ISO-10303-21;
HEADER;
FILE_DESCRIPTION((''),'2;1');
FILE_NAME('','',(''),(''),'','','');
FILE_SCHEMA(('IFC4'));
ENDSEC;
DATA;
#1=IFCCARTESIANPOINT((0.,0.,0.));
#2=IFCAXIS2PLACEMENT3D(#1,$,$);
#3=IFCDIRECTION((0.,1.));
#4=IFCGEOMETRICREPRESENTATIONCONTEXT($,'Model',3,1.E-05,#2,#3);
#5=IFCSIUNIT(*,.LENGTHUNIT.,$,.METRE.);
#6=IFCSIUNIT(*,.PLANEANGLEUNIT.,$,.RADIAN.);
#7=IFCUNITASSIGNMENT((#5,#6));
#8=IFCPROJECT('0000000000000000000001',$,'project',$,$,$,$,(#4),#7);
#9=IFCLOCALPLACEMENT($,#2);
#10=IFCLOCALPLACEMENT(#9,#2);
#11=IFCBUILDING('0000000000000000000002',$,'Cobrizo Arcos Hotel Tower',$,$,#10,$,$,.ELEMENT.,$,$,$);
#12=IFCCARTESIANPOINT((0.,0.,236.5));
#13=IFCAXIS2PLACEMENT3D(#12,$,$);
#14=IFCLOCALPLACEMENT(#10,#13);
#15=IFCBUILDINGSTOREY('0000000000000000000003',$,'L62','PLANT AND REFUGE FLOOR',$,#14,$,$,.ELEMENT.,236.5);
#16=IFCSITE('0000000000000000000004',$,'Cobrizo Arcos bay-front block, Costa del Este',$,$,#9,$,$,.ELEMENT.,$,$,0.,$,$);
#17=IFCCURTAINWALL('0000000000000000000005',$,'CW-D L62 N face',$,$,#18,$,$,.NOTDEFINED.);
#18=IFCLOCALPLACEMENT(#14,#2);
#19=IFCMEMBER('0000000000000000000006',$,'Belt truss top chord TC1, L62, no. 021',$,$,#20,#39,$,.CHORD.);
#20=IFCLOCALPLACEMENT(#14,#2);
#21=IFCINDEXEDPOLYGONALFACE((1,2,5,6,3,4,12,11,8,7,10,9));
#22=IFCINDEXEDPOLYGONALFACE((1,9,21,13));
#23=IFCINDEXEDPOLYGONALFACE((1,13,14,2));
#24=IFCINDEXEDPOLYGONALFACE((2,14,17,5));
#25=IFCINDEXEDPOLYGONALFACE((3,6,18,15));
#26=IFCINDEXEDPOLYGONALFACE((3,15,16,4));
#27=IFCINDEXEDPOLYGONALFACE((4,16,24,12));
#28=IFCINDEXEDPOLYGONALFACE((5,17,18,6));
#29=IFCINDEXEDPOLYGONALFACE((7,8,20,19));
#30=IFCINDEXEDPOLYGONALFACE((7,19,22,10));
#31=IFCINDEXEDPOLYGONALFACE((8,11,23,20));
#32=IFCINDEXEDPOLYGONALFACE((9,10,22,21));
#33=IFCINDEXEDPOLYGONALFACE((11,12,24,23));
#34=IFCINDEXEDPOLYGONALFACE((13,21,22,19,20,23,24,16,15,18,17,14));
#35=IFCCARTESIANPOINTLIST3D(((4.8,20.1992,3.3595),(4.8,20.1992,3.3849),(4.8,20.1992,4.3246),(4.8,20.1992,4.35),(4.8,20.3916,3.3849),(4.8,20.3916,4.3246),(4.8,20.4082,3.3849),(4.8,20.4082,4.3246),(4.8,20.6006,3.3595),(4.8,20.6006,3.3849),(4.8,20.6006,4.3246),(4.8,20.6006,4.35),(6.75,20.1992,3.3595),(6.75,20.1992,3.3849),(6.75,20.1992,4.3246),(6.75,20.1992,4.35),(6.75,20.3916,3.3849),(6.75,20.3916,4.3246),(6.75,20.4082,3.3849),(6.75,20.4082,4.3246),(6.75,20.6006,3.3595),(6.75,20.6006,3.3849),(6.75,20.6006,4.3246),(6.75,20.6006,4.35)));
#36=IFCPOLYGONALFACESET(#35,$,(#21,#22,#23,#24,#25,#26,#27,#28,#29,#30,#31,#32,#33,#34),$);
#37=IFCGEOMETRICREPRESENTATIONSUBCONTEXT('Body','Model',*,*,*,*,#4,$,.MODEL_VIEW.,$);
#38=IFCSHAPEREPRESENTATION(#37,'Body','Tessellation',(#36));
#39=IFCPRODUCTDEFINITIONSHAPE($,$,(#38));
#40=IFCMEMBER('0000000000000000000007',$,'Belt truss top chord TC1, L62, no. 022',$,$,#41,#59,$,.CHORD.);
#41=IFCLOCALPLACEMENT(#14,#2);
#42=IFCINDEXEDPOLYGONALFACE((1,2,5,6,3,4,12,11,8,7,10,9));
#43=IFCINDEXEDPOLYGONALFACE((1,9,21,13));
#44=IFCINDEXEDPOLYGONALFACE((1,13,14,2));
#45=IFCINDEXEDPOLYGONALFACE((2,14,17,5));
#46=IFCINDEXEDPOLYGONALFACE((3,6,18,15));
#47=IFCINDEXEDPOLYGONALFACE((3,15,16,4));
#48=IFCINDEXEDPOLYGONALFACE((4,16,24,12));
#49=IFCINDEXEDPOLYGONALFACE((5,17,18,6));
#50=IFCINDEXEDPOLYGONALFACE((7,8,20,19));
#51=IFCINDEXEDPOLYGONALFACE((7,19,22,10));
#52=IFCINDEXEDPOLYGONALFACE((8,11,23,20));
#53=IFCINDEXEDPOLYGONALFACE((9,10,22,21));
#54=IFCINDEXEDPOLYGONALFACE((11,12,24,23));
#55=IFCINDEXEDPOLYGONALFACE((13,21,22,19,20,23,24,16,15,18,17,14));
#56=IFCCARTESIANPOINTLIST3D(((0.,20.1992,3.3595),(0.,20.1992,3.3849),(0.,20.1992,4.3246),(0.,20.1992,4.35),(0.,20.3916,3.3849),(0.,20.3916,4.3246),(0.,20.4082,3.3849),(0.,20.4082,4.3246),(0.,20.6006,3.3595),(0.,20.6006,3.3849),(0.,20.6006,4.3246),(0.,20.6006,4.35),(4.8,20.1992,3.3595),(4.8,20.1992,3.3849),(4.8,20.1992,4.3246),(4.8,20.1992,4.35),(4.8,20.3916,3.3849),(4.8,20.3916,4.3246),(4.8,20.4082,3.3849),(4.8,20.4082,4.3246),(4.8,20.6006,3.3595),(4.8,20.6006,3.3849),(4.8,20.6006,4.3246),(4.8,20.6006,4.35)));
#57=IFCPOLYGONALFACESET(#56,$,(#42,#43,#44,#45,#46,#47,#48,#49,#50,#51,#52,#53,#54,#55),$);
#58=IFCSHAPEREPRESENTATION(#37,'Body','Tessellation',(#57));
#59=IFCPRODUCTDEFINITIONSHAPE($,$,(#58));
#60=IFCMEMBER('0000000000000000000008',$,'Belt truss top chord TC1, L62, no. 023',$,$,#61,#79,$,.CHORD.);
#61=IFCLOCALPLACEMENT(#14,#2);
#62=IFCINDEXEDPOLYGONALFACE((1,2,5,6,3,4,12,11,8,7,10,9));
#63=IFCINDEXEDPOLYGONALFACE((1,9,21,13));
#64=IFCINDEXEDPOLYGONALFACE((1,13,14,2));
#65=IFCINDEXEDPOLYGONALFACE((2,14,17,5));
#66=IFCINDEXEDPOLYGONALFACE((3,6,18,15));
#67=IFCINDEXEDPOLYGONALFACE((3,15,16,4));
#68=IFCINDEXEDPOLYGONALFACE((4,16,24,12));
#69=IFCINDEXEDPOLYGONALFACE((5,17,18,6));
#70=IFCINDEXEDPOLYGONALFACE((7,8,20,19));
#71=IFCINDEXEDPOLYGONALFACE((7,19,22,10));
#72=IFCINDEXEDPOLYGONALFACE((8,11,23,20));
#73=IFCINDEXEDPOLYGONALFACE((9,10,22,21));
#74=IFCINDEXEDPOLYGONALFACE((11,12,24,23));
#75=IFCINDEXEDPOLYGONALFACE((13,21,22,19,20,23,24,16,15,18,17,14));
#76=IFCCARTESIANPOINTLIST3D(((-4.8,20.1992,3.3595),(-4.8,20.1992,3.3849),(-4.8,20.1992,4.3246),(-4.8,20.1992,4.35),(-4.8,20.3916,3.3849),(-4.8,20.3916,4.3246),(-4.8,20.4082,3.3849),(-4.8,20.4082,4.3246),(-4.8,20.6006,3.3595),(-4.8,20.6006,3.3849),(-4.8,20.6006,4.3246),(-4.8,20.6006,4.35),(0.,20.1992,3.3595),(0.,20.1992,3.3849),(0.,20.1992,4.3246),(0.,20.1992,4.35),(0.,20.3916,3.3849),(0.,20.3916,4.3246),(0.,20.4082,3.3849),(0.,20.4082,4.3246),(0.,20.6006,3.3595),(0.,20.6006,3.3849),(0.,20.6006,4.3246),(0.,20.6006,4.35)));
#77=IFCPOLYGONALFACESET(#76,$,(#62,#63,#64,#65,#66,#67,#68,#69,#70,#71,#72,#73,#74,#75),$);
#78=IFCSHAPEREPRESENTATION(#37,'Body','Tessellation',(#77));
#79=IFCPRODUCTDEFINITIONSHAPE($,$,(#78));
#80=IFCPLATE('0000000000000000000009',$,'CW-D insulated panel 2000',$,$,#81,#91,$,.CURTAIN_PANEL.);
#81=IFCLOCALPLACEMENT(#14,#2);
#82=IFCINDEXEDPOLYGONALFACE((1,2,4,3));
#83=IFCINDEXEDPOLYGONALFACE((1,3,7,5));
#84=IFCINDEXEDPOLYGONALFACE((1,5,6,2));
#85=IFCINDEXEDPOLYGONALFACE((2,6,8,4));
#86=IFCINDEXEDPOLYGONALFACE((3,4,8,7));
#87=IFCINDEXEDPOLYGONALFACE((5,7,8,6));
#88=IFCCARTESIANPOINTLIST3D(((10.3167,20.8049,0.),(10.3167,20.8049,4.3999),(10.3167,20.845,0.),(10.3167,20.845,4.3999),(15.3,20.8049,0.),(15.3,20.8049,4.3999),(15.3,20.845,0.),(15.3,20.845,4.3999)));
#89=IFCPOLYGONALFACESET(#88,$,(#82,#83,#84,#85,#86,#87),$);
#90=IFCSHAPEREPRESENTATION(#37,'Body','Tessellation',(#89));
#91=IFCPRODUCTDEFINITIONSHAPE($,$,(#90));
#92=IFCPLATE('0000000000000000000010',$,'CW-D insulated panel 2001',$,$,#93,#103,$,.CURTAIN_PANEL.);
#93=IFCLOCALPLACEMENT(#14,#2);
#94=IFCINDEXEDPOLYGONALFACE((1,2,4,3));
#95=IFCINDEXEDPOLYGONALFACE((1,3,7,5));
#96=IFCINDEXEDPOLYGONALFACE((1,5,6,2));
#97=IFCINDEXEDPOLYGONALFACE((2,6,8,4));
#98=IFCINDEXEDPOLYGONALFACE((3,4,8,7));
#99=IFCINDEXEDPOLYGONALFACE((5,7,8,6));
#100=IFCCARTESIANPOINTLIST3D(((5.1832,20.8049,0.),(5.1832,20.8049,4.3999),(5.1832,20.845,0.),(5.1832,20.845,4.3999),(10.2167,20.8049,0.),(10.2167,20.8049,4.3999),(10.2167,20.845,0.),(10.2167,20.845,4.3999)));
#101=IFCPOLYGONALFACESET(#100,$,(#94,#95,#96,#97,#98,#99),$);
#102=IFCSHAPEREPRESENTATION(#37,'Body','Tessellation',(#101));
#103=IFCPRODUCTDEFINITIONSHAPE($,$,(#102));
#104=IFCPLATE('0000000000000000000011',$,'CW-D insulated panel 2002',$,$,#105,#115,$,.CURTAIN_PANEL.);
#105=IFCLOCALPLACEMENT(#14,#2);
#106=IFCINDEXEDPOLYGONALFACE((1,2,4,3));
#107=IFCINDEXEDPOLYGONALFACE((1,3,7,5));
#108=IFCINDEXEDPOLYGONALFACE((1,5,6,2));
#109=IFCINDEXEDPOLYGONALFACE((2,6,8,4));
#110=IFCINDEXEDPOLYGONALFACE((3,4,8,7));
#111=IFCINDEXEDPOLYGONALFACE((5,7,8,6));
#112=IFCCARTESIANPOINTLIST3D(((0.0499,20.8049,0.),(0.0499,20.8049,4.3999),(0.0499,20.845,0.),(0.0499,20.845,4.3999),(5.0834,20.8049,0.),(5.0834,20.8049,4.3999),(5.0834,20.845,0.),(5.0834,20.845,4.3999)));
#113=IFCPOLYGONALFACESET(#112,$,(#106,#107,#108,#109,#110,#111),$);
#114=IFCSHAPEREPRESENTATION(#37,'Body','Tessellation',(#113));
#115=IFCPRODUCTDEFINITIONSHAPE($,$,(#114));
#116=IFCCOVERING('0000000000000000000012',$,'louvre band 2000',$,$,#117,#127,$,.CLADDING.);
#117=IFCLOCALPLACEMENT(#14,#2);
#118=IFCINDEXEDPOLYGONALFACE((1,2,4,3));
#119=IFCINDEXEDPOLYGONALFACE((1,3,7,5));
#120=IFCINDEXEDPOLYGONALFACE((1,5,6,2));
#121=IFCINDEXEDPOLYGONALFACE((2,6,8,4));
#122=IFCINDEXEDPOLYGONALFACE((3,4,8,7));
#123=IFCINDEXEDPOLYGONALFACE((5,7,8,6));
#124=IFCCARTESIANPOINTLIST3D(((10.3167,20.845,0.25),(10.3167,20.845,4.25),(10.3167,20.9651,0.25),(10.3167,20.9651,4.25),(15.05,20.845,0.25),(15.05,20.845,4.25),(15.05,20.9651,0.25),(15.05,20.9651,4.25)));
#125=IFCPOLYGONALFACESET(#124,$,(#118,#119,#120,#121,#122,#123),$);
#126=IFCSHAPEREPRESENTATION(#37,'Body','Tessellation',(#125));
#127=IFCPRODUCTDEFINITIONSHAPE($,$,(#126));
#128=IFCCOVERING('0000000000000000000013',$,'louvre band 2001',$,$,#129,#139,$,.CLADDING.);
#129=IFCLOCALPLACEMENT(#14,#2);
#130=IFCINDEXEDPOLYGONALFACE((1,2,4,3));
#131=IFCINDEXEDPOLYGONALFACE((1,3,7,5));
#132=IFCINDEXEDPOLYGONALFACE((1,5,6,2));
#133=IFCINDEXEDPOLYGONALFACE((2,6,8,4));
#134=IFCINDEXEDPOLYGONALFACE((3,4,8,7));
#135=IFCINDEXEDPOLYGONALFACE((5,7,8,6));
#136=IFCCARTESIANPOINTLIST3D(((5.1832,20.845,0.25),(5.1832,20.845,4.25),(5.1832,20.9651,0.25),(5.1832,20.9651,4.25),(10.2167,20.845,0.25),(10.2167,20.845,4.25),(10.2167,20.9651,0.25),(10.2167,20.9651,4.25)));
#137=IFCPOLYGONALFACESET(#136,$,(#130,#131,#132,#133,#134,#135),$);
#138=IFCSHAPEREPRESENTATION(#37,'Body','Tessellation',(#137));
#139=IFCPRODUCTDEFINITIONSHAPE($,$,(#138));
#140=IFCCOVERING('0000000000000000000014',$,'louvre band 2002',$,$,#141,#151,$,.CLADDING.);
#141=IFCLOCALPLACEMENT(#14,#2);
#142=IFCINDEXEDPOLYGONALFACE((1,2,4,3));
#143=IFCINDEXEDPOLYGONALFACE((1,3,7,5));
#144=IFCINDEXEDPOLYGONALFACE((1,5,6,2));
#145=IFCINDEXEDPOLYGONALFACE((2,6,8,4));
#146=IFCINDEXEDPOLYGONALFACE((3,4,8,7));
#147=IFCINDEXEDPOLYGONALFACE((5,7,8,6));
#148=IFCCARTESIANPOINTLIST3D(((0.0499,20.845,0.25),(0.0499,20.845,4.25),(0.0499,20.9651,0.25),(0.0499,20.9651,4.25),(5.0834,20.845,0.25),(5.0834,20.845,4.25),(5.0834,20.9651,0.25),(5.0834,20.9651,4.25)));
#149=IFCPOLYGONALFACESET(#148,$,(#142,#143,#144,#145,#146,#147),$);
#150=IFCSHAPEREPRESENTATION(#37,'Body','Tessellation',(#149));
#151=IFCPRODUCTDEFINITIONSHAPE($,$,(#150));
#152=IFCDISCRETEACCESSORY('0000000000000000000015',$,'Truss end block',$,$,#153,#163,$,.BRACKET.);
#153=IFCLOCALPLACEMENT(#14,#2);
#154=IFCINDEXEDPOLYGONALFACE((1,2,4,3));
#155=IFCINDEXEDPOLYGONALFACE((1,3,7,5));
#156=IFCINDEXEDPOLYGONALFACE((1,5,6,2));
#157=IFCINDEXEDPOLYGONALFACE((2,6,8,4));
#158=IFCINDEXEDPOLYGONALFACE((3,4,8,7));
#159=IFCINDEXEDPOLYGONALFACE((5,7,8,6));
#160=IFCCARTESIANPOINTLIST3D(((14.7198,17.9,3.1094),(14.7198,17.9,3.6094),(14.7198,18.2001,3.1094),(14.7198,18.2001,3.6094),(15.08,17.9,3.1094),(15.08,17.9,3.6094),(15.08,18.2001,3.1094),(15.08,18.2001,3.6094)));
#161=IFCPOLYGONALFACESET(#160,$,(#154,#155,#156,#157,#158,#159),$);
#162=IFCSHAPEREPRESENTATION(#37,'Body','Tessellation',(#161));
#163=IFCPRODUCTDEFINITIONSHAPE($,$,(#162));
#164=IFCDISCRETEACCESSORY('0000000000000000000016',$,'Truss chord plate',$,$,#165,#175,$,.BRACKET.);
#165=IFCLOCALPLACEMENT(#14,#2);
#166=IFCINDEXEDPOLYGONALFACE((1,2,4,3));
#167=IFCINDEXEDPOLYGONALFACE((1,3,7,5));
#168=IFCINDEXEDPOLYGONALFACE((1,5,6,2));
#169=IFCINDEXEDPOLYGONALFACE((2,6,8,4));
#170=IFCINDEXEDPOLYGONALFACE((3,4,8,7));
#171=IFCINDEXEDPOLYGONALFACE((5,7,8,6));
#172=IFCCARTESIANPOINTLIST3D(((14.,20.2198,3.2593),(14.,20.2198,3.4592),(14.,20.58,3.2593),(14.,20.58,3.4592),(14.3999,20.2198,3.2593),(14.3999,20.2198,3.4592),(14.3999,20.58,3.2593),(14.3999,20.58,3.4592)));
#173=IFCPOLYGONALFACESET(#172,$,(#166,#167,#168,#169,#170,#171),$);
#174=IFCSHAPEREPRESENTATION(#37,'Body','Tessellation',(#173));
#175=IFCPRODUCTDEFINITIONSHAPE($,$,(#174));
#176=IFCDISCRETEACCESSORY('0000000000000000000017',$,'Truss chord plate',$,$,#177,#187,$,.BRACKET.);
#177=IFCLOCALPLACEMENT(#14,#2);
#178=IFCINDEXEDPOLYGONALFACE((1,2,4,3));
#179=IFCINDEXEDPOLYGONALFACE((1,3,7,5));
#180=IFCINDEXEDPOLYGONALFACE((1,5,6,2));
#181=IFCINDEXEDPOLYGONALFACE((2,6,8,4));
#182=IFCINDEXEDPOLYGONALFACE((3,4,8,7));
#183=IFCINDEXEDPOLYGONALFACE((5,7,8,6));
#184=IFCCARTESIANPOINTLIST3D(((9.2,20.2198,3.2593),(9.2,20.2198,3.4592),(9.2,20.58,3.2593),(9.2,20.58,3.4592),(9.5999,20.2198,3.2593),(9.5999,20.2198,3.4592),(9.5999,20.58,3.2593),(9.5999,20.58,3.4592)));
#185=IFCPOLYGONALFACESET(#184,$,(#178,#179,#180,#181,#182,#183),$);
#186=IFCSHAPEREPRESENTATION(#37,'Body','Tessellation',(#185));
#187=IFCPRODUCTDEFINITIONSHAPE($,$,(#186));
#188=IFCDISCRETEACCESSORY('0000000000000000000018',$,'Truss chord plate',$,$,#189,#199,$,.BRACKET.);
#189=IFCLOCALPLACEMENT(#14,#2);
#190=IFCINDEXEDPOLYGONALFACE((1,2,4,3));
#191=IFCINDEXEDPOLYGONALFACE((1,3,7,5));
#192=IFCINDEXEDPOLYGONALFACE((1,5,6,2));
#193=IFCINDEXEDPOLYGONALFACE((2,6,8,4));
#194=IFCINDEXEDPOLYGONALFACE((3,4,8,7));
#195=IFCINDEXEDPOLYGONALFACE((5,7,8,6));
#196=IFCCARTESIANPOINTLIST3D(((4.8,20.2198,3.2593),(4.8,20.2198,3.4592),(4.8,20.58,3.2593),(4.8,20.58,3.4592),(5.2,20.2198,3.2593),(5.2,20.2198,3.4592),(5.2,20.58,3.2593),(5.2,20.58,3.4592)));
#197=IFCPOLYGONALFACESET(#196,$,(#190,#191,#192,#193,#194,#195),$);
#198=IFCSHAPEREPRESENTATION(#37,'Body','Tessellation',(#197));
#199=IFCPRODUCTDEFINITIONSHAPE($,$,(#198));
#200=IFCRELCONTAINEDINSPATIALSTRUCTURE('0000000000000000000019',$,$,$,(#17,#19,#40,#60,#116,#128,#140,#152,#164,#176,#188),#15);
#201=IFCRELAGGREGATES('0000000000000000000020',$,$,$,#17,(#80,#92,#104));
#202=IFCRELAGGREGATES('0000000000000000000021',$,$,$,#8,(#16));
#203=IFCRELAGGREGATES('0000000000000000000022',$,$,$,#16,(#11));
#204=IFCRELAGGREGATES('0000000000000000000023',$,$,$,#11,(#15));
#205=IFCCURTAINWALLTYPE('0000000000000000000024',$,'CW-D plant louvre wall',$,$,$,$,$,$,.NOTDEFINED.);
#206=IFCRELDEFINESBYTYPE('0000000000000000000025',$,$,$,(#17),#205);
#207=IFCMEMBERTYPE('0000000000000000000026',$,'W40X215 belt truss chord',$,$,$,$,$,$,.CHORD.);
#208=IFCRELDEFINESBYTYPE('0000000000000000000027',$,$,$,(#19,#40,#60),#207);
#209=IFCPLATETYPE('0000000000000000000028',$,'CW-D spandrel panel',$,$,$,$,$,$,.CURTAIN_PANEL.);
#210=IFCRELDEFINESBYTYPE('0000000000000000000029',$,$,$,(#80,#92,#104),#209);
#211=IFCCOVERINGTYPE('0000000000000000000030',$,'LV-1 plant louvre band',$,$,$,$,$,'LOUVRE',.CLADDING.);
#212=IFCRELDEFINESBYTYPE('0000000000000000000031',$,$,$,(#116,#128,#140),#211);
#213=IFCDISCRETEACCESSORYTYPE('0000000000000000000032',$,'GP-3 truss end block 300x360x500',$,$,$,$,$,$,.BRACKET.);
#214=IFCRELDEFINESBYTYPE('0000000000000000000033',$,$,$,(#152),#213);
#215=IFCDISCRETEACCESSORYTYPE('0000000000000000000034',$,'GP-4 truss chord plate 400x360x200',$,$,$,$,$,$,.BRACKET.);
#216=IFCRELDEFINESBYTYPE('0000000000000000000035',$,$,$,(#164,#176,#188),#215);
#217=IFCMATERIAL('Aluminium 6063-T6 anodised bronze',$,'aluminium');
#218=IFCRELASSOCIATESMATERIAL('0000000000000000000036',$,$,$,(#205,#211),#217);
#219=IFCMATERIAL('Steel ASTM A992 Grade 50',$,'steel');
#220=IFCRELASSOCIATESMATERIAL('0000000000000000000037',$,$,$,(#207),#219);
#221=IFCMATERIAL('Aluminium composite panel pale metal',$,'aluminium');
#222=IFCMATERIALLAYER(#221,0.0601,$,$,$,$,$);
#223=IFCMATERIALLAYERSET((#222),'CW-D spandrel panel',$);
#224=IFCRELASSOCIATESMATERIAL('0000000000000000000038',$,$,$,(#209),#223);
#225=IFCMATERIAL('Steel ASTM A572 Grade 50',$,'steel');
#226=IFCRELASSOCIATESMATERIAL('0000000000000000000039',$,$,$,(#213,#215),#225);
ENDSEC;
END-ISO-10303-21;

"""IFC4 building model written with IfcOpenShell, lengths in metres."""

from ifc_helpers import new_model, si_unit, direction, frame, origin, origin_2d, place, context, subcontext, project, spatial, rectangle, i_section, extrude, material, layer, layer_set, material_profile, profile_set, type_object, element, aggregate, save


model = new_model("IFC4")

# Units and contexts
model_context = context("Model", 3, precision=1e-05, world=origin(), true_north=direction((0.0, 1.0)))
body_context = subcontext(model_context, "Body", "Model", "MODEL_VIEW")
ifc_project = project(units=[si_unit("LENGTHUNIT", "METRE"), si_unit("PLANEANGLEUNIT", "RADIAN")], contexts=[model_context])

# Site, building, storey
site_placement = place(None, origin())
site = spatial("IfcSite", under=ifc_project, at=site_placement, Name="Cobrizo Arcos bay-front block, Costa del Este", CompositionType="ELEMENT", RefElevation=0.0)
building_placement = place(site_placement, origin())
building = spatial("IfcBuilding", under=site, at=building_placement, Name="Cobrizo Arcos Hotel Tower", CompositionType="ELEMENT")
storey_placement = place(building_placement, frame((0.0, 0.0, 236.5)))
storey = spatial("IfcBuildingStorey", under=building, at=storey_placement, Name="L62", Description="PLANT AND REFUGE FLOOR", CompositionType="ELEMENT", Elevation=236.5)

# Curtain wall
ifc_material_1 = material(Name="Aluminium 6063-T6 anodised bronze", Category="aluminium")
curtain_wall_type = type_object("IfcCurtainWallType", Name="CW-D plant louvre wall", PredefinedType="NOTDEFINED", material=ifc_material_1)
curtain_wall_placement = place(storey_placement, origin())
curtain_wall = element("IfcCurtainWall", 1, at=curtain_wall_placement, inside=storey, type_object=curtain_wall_type, Name="CW-D L62 N face", PredefinedType="NOTDEFINED")

# Members
ifc_material_2 = material(Name="Steel ASTM A992 Grade 50", Category="steel")
ifc_material_profile_1 = material_profile(ifc_material_2, i_section(OverallWidth=0.4014, OverallDepth=0.9905, WebThickness=0.0166, FlangeThickness=0.0254, at=origin_2d()), Name="W40X215")
ifc_profile_set_1 = profile_set([ifc_material_profile_1], Name="Steel ASTM A992 Grade 50")
member_type_1 = type_object("IfcMemberType", Name="W40X215 belt truss chord", PredefinedType="CHORD", material=ifc_profile_set_1)
member_1_placement = place(storey_placement, frame((6.75, 20.3999, 3.8547), z_axis=(-1.0, 0.0, 0.0), x_axis=(0.0, -1.0, 0.0)))
element("IfcMember", 2, at=member_1_placement, inside=storey, type_object=member_type_1, Name="Belt truss top chord TC1, L62, no. 021", PredefinedType="CHORD", context=body_context, shape_type="SweptSolid", body=[
    extrude(i_section(OverallWidth=0.4014, OverallDepth=0.9905, WebThickness=0.0166, FlangeThickness=0.0254, at=origin_2d()), origin(), (0.0, 0.0, 1.0), 1.95),
])
for number, where, z_axis, x_axis, name in (
    (3, (4.8, 20.3999, 3.8547), (-1.0, 0.0, 0.0), (0.0, -1.0, 0.0), "Belt truss top chord TC1, L62, no. 022"),
    (4, (0.0, 20.3999, 3.8547), (-1.0, 0.0, 0.0), (0.0, -1.0, 0.0), "Belt truss top chord TC1, L62, no. 023"),
):
    element("IfcMember", number, at=place(storey_placement, frame(where, z_axis=z_axis, x_axis=x_axis)), inside=storey, type_object=member_type_1, Name=name, PredefinedType="CHORD", context=body_context, shape_type="SweptSolid", body=[
        extrude(i_section(OverallWidth=0.4014, OverallDepth=0.9905, WebThickness=0.0166, FlangeThickness=0.0254, at=origin_2d()), origin(), (0.0, 0.0, 1.0), 4.8),
    ])

# Plates
ifc_material_3 = material(Name="Aluminium composite panel pale metal", Category="aluminium")
ifc_layer = layer(ifc_material_3, 0.0601)
ifc_layer_set = layer_set([ifc_layer], Name="CW-D spandrel panel")
plate_type = type_object("IfcPlateType", Name="CW-D spandrel panel", PredefinedType="CURTAIN_PANEL", material=ifc_layer_set)
plate_1_placement = place(storey_placement, frame((12.8083, 20.825, 0.0), z_axis=(0.0, 0.0, 1.0), x_axis=(-1.0, 0.0, 0.0)))
plate_1 = element("IfcPlate", 5, at=plate_1_placement, type_object=plate_type, Name="CW-D insulated panel 2000", PredefinedType="CURTAIN_PANEL", context=body_context, shape_type="SweptSolid", body=[
    extrude(rectangle(XDim=4.9834, YDim=0.04, at=origin_2d()), origin(), (0.0, 0.0, 1.0), 4.3999),
])
plate_2_placement = place(storey_placement, frame((7.7, 20.825, 0.0), z_axis=(0.0, 0.0, 1.0), x_axis=(-1.0, 0.0, 0.0)))
plate_2 = element("IfcPlate", 6, at=plate_2_placement, type_object=plate_type, Name="CW-D insulated panel 2001", PredefinedType="CURTAIN_PANEL", context=body_context, shape_type="SweptSolid", body=[
    extrude(rectangle(XDim=5.0334, YDim=0.04, at=origin_2d()), origin(), (0.0, 0.0, 1.0), 4.3999),
])
plate_3_placement = place(storey_placement, frame((2.5667, 20.825, 0.0), z_axis=(0.0, 0.0, 1.0), x_axis=(-1.0, 0.0, 0.0)))
plate_3 = element("IfcPlate", 7, at=plate_3_placement, type_object=plate_type, Name="CW-D insulated panel 2002", PredefinedType="CURTAIN_PANEL", context=body_context, shape_type="SweptSolid", body=[
    extrude(rectangle(XDim=5.0334, YDim=0.04, at=origin_2d()), origin(), (0.0, 0.0, 1.0), 4.3999),
])
aggregate(curtain_wall, [plate_1, plate_2, plate_3])

# Coverings
covering_type = type_object("IfcCoveringType", Name="LV-1 plant louvre band", ElementType="LOUVRE", PredefinedType="CLADDING", material=ifc_material_1)
covering_placement = place(storey_placement, frame((12.6833, 20.905, 0.25), z_axis=(0.0, 0.0, 1.0), x_axis=(-1.0, 0.0, 0.0)))
element("IfcCovering", 8, at=covering_placement, inside=storey, type_object=covering_type, Name="louvre band 2000", PredefinedType="CLADDING", context=body_context, shape_type="SweptSolid", body=[
    extrude(rectangle(XDim=4.7334, YDim=0.1201, at=origin_2d()), origin(), (0.0, 0.0, 1.0), 4.0),
])
for number, where, z_axis, x_axis, name in (
    (9, (7.7, 20.905, 0.25), (0.0, 0.0, 1.0), (-1.0, 0.0, 0.0), "louvre band 2001"),
    (10, (2.5667, 20.905, 0.25), (0.0, 0.0, 1.0), (-1.0, 0.0, 0.0), "louvre band 2002"),
):
    element("IfcCovering", number, at=place(storey_placement, frame(where, z_axis=z_axis, x_axis=x_axis)), inside=storey, type_object=covering_type, Name=name, PredefinedType="CLADDING", context=body_context, shape_type="SweptSolid", body=[
        extrude(rectangle(XDim=5.0334, YDim=0.1201, at=origin_2d()), origin(), (0.0, 0.0, 1.0), 4.0),
    ])

# Discrete accessories
ifc_material_4 = material(Name="Steel ASTM A572 Grade 50", Category="steel")
discrete_accessory_type_1 = type_object("IfcDiscreteAccessoryType", Name="GP-3 truss end block 300x360x500", PredefinedType="BRACKET", material=ifc_material_4)
discrete_accessory_placement = place(storey_placement, frame((14.8999, 18.05, 3.1094), z_axis=(0.0, 0.0, 1.0), x_axis=(0.0, 1.0, 0.0)))
element("IfcDiscreteAccessory", 11, at=discrete_accessory_placement, inside=storey, type_object=discrete_accessory_type_1, Name="Truss end block", PredefinedType="BRACKET", context=body_context, shape_type="SweptSolid", body=[
    extrude(rectangle(XDim=0.3, YDim=0.3601, at=origin_2d()), origin(), (0.0, 0.0, 1.0), 0.5),
])
discrete_accessory_type_2 = type_object("IfcDiscreteAccessoryType", Name="GP-4 truss chord plate 400x360x200", PredefinedType="BRACKET", material=ifc_material_4)
for number, where, z_axis, x_axis, name in (
    (12, (14.2, 20.3999, 3.2593), (0.0, 0.0, 1.0), (-1.0, 0.0, 0.0), "Truss chord plate"),
    (13, (9.3999, 20.3999, 3.2593), (0.0, 0.0, 1.0), (-1.0, 0.0, 0.0), "Truss chord plate"),
    (14, (5.0, 20.3999, 3.2593), (0.0, 0.0, 1.0), (-1.0, 0.0, 0.0), "Truss chord plate"),
):
    element("IfcDiscreteAccessory", number, at=place(storey_placement, frame(where, z_axis=z_axis, x_axis=x_axis)), inside=storey, type_object=discrete_accessory_type_2, Name=name, PredefinedType="BRACKET", context=body_context, shape_type="SweptSolid", body=[
        extrude(rectangle(XDim=0.3999, YDim=0.3601, at=origin_2d()), origin(), (0.0, 0.0, 1.0), 0.2),
    ])

save(model, "model.ifc")
